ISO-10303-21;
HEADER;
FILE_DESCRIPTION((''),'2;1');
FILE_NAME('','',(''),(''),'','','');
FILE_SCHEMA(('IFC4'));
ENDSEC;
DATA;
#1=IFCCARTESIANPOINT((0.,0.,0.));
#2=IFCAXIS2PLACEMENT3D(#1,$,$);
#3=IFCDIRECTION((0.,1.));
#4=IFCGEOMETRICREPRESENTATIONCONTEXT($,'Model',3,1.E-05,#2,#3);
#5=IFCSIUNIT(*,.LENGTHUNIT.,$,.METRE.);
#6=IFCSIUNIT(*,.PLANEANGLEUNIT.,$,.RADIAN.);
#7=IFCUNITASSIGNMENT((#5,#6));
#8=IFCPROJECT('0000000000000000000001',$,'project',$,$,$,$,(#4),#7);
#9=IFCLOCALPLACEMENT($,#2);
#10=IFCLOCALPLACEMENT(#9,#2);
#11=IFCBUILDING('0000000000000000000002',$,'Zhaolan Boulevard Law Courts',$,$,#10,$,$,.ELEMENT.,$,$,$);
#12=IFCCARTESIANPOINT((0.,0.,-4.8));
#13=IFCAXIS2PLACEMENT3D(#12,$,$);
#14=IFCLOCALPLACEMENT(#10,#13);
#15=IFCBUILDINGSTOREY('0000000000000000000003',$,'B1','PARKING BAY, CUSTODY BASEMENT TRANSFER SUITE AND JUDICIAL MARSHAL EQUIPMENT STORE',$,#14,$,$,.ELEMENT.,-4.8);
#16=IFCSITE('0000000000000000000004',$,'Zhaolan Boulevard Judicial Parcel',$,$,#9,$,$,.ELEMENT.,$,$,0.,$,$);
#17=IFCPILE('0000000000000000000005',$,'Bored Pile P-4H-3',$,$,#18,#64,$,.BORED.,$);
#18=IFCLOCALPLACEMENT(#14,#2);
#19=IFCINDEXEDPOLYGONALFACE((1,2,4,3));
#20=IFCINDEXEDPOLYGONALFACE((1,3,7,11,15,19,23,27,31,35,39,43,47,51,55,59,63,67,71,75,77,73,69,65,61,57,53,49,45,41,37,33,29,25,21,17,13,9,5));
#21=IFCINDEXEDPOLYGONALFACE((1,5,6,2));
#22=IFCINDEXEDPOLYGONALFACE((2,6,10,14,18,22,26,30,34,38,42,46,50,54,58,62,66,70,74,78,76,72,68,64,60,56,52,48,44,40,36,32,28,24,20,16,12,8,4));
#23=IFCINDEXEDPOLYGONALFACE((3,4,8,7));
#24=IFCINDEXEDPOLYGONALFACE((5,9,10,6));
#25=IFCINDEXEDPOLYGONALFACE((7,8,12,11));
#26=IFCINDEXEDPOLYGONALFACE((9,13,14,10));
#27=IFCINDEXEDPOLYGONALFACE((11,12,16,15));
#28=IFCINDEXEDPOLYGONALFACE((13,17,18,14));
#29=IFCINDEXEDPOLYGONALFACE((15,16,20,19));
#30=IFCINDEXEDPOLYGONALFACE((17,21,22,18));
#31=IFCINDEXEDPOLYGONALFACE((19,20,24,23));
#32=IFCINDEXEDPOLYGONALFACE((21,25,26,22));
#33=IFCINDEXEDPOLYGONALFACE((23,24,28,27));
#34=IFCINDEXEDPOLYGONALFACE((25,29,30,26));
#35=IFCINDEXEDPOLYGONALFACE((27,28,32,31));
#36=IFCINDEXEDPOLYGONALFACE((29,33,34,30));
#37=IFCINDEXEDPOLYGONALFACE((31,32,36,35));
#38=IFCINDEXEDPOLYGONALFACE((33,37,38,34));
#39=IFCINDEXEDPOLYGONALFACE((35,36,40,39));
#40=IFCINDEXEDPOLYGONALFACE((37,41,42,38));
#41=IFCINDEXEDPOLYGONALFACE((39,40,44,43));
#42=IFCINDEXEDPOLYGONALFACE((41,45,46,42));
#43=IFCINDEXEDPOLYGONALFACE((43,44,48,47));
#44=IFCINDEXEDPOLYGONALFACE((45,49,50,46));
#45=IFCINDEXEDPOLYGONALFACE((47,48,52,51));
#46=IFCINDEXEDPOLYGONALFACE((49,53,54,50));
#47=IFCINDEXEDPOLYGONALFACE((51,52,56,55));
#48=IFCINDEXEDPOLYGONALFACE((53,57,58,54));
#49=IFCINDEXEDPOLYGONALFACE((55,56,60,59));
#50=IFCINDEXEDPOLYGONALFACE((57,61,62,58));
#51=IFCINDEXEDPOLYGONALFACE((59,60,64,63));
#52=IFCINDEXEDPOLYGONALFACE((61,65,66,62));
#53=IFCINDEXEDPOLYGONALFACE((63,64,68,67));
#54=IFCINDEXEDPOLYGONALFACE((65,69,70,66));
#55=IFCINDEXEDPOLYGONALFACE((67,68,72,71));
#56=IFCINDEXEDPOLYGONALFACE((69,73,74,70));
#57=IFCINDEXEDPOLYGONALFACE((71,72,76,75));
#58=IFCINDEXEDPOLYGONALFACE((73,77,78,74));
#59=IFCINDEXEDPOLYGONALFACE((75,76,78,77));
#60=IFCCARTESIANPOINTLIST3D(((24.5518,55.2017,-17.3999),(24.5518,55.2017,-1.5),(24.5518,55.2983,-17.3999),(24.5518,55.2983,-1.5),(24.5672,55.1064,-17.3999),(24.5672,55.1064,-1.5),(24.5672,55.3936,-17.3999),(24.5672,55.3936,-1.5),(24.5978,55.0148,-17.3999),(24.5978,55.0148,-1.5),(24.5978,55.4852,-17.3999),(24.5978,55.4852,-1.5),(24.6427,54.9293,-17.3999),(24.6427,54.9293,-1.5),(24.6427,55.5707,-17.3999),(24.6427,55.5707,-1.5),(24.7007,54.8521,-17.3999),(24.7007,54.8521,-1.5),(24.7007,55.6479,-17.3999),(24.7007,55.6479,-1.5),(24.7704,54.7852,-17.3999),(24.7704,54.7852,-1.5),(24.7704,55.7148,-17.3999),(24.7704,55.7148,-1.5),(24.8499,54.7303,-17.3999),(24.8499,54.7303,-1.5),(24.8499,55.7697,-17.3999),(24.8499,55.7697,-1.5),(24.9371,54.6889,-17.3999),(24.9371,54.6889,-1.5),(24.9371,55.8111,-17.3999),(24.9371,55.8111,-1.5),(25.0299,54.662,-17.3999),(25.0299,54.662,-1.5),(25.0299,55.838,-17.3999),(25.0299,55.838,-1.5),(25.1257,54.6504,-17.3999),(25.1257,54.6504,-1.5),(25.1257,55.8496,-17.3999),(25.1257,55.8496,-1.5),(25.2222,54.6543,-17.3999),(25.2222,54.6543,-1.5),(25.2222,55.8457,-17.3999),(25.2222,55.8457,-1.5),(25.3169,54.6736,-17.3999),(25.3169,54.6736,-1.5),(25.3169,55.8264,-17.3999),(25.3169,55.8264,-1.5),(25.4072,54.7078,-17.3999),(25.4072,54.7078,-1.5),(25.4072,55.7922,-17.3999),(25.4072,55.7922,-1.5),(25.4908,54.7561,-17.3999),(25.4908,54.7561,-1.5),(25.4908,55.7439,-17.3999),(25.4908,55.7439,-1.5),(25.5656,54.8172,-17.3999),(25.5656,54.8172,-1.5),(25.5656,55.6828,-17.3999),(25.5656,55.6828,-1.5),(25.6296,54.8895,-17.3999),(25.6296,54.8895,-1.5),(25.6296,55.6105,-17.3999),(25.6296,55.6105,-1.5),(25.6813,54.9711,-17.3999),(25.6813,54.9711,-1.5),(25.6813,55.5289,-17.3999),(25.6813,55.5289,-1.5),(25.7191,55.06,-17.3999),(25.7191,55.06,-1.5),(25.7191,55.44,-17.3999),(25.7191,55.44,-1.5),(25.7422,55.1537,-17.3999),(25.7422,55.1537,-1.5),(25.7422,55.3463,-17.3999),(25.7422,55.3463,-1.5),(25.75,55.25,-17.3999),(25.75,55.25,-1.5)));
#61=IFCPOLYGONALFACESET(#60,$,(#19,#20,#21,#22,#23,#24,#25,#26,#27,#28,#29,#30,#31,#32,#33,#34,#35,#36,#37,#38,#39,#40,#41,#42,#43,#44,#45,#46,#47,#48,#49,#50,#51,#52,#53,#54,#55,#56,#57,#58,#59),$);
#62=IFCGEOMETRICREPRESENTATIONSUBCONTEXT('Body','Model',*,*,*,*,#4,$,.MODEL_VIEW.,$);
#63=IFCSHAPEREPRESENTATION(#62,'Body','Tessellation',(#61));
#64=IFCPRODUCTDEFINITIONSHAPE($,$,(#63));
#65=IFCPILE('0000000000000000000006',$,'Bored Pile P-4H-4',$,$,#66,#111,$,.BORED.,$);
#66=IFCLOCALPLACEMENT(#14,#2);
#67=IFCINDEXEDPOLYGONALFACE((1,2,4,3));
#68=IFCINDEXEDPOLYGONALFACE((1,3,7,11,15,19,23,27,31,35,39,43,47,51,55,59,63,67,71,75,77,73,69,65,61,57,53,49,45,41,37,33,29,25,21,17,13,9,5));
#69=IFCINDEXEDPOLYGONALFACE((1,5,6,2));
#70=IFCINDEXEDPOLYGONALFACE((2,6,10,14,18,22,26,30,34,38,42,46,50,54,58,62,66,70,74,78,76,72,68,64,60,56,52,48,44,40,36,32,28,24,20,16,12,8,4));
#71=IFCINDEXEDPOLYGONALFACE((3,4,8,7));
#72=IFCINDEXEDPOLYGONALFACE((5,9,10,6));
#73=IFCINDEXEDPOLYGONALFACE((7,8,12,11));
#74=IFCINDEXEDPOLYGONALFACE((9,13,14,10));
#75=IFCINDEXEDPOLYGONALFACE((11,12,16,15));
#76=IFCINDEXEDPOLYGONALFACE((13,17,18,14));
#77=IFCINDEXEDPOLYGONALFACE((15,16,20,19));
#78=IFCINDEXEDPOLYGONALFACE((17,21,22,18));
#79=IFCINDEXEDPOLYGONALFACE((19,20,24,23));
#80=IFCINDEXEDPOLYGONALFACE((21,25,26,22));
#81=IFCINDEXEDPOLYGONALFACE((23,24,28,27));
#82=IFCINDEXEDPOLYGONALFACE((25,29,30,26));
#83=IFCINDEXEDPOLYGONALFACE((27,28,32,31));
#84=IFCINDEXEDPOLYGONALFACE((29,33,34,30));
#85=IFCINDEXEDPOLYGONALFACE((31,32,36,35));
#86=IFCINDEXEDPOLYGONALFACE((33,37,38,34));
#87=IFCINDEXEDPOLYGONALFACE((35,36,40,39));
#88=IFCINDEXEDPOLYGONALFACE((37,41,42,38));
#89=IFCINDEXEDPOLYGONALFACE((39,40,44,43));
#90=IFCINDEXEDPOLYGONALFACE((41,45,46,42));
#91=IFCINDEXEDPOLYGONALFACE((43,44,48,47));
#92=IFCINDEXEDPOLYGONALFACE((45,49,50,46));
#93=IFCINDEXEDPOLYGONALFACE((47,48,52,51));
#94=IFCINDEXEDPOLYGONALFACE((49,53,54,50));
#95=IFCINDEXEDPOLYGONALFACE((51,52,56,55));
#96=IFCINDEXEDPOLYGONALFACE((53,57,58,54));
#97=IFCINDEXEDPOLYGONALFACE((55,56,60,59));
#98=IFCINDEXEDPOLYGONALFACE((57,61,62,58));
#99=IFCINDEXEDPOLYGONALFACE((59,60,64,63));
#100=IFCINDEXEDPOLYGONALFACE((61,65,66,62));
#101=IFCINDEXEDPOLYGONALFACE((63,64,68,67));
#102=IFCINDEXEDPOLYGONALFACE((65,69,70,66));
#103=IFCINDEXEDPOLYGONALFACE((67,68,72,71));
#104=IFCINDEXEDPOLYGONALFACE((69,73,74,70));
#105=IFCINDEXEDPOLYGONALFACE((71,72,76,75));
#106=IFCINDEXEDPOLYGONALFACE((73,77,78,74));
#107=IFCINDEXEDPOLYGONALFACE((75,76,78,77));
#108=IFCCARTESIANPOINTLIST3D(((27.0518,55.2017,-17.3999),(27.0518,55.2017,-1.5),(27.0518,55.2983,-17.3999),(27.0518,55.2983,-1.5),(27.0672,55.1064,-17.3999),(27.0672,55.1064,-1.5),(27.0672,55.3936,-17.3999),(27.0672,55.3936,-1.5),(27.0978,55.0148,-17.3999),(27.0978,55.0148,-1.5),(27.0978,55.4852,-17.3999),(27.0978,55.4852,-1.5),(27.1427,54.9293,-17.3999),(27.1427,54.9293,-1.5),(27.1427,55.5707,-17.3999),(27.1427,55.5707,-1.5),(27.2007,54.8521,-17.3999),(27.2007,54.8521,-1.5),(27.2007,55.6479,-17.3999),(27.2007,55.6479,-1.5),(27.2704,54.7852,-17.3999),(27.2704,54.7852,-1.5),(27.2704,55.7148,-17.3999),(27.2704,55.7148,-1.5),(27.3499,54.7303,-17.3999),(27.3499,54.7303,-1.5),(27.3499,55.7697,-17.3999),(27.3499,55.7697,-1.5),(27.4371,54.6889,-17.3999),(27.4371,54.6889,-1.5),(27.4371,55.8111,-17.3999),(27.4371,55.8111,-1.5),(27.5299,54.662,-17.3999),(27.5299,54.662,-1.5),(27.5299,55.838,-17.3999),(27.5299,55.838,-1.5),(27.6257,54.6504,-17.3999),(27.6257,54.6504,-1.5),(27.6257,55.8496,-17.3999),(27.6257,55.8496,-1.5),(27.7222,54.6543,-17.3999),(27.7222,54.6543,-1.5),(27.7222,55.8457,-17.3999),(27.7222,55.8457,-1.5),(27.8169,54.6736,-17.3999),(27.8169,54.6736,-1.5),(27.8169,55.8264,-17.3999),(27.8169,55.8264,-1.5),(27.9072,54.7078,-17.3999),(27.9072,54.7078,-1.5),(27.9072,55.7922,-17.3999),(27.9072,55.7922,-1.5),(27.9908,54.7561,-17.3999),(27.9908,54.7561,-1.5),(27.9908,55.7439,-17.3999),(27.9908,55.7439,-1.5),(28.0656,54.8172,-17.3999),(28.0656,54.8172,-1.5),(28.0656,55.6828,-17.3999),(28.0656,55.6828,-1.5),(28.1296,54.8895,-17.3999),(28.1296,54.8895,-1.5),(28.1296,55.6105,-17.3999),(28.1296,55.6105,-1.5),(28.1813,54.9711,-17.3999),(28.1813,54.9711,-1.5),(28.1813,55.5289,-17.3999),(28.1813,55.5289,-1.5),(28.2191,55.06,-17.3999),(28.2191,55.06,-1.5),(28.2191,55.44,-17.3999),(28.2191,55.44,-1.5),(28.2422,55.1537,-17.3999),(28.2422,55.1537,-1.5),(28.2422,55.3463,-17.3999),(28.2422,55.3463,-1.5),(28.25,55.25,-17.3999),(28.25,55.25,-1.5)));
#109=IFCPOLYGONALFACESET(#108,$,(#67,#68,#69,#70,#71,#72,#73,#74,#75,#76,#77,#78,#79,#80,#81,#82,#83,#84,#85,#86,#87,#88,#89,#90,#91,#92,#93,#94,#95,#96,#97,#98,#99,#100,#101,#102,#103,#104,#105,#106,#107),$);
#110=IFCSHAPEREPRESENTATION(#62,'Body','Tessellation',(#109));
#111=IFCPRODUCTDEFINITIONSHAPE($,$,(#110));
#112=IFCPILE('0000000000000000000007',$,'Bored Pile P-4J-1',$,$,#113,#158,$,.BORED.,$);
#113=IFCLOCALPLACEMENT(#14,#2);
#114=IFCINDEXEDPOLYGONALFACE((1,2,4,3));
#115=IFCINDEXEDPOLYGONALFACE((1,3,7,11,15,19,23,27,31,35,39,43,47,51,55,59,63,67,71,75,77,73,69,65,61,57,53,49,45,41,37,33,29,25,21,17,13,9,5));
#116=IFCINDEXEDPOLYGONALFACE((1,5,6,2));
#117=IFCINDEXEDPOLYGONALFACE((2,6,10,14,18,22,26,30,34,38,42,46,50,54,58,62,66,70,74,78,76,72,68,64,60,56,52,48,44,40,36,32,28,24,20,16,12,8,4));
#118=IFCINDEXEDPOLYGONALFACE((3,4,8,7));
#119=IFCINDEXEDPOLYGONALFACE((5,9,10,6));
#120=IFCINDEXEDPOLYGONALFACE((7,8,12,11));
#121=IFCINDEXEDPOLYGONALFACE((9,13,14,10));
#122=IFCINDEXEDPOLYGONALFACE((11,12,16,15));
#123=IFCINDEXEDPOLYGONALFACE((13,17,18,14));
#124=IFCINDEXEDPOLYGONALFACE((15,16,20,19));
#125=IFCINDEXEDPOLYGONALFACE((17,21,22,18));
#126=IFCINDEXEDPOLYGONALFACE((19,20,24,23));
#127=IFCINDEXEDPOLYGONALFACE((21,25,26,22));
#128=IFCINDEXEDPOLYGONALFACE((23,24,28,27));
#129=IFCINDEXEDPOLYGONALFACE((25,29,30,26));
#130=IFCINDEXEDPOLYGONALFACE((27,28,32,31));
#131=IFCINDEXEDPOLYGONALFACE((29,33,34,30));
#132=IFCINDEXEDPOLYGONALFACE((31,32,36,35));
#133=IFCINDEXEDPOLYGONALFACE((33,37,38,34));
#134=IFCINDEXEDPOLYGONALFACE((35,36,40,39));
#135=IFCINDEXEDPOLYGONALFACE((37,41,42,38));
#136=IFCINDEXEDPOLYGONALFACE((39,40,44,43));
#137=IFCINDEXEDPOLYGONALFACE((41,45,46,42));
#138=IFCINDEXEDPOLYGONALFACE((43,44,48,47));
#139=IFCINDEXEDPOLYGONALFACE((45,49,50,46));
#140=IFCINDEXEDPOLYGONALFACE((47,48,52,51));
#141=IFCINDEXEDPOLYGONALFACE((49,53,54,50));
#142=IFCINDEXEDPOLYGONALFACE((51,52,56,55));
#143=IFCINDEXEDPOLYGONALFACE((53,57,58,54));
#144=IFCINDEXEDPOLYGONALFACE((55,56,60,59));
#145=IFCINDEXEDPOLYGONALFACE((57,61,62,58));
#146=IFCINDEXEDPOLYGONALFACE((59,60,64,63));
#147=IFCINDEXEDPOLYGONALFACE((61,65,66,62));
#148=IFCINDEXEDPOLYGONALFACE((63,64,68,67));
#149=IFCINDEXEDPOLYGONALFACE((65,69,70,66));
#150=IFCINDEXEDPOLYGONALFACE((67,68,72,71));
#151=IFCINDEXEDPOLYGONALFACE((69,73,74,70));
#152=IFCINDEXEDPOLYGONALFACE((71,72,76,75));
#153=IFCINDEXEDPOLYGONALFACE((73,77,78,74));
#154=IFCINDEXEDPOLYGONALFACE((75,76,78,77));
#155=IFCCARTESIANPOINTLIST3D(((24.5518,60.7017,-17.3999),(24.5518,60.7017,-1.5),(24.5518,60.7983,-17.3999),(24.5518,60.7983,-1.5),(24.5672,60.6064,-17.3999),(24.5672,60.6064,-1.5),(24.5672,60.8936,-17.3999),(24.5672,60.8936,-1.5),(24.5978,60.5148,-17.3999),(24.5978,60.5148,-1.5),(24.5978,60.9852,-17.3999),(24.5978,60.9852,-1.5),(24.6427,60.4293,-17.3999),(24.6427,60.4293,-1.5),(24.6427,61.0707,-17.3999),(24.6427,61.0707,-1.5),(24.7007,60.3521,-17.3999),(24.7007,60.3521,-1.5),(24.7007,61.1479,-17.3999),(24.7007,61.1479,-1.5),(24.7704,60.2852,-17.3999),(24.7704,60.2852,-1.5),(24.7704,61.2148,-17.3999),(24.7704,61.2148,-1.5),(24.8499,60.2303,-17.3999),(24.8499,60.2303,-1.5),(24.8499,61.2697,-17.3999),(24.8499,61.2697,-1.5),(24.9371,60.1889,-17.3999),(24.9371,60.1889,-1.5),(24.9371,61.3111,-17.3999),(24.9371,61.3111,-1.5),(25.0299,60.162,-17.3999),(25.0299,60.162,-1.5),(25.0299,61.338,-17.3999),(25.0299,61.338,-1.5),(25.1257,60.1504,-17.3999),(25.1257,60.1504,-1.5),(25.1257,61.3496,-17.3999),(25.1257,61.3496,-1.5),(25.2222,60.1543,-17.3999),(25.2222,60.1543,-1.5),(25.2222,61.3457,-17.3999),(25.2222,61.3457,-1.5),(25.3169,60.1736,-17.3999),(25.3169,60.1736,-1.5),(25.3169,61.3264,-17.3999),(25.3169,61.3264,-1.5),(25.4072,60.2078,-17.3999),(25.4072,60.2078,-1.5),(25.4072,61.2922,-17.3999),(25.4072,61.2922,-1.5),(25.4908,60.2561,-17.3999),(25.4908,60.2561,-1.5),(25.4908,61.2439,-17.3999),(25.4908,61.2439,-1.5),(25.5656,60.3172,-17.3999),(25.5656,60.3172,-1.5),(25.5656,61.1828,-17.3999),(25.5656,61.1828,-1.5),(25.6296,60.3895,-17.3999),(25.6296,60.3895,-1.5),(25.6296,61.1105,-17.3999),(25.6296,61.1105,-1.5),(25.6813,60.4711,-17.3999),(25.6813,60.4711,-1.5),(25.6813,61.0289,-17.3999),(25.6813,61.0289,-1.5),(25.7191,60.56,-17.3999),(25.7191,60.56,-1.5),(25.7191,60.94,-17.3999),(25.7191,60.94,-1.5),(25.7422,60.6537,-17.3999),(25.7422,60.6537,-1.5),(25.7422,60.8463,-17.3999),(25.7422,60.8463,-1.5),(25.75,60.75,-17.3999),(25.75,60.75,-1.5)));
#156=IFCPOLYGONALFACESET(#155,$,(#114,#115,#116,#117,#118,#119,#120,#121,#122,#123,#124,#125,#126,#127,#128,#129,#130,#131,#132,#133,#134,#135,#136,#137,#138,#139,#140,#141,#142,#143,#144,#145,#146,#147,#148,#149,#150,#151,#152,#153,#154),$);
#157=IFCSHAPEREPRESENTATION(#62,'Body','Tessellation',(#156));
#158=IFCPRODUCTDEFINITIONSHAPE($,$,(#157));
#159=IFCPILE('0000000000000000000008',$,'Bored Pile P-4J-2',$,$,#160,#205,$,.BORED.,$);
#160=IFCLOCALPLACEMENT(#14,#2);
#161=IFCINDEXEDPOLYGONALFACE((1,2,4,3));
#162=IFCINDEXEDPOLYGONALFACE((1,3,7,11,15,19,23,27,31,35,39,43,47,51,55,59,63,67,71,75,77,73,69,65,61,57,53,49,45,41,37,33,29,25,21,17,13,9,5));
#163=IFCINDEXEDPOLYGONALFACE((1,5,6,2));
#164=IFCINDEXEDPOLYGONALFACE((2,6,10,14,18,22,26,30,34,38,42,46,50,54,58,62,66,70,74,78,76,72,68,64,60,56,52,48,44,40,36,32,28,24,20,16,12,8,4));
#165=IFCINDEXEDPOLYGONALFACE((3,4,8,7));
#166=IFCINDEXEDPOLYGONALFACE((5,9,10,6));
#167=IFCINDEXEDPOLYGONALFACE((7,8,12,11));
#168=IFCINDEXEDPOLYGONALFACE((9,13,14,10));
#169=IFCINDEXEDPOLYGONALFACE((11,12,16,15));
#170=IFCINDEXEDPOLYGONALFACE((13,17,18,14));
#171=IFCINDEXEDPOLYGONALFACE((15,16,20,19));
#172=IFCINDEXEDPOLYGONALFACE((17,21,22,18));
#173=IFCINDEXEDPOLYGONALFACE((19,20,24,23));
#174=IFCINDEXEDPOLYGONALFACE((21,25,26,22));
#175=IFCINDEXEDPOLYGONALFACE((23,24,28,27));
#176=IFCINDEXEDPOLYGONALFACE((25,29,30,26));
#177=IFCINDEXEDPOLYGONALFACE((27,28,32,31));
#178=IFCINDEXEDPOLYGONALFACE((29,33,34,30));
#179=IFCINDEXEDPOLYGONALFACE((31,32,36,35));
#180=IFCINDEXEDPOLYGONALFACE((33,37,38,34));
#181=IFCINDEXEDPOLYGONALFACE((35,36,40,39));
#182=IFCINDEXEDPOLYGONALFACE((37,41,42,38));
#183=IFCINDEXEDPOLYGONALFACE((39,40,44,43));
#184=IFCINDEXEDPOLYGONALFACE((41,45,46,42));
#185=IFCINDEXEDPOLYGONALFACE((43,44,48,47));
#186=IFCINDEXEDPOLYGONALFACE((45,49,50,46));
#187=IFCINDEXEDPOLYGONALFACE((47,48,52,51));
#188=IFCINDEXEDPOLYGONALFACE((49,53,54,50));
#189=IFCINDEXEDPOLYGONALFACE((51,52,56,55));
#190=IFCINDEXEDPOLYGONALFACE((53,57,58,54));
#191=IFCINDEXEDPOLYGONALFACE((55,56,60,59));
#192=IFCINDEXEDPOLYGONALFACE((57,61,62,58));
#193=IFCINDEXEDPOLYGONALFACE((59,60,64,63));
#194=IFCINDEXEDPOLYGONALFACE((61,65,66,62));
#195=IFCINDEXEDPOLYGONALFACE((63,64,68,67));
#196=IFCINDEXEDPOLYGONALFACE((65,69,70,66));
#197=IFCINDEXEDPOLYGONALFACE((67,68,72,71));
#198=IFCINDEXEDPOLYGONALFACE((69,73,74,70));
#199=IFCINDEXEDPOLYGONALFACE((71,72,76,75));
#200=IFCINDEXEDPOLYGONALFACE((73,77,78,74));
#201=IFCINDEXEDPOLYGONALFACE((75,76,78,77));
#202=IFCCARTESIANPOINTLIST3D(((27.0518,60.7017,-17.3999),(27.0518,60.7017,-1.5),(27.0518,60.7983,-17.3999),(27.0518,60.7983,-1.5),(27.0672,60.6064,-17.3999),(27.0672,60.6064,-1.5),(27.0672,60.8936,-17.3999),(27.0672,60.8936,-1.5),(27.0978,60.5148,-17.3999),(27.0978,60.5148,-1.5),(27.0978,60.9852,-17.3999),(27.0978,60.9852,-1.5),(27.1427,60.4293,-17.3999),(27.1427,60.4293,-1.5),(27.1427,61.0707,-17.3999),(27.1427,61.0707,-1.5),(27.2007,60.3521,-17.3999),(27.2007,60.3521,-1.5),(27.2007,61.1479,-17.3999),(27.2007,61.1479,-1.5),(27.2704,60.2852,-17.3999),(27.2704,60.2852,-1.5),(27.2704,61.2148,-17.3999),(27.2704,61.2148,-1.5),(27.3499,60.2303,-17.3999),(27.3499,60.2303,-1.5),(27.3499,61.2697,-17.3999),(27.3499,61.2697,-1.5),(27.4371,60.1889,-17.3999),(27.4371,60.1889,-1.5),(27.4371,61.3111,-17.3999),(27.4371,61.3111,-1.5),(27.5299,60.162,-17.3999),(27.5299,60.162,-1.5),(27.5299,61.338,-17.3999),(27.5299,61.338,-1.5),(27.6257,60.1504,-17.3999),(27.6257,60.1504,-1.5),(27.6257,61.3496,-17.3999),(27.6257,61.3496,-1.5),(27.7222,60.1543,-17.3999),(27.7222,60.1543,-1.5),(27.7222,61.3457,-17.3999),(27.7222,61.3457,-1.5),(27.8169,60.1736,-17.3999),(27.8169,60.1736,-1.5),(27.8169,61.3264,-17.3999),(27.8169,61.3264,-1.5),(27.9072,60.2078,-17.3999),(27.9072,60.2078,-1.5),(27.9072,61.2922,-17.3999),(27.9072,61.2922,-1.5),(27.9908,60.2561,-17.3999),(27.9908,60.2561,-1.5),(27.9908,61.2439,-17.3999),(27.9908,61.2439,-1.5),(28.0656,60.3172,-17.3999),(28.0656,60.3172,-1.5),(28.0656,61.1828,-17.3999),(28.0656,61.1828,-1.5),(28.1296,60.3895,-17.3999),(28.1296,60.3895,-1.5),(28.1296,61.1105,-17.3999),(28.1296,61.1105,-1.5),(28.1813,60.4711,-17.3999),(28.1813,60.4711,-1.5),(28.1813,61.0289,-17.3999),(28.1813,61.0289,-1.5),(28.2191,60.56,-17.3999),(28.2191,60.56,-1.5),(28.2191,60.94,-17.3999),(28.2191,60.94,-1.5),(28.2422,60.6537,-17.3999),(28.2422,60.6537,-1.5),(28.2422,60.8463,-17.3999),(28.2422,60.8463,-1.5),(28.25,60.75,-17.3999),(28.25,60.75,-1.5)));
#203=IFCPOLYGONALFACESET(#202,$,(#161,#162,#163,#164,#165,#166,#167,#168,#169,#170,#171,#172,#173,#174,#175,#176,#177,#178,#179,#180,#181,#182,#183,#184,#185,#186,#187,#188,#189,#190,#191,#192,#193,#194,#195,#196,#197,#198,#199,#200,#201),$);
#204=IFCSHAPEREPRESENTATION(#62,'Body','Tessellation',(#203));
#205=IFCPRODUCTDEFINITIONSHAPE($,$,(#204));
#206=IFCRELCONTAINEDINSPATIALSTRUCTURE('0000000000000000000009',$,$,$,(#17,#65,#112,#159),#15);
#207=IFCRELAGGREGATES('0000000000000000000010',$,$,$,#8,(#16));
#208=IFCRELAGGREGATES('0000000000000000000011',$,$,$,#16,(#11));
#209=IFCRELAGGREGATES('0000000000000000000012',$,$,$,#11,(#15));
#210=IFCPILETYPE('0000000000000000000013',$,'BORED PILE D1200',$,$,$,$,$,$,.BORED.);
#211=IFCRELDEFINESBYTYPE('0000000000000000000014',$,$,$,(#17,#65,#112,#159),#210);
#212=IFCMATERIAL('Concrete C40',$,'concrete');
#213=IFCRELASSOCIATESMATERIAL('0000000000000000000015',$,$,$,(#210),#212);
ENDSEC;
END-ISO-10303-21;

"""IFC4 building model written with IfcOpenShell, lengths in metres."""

from ifc_helpers import new_model, si_unit, direction, frame, origin, origin_2d, place, context, subcontext, project, spatial, circle, extrude, material, material_profile, profile_set, type_object, element, save


model = new_model("IFC4")

# Units and contexts
model_context = context("Model", 3, precision=1e-05, world=origin(), true_north=direction((0.0, 1.0)))
body_context = subcontext(model_context, "Body", "Model", "MODEL_VIEW")
ifc_project = project(units=[si_unit("LENGTHUNIT", "METRE"), si_unit("PLANEANGLEUNIT", "RADIAN")], contexts=[model_context])

# Site, building, storey
site_placement = place(None, origin())
site = spatial("IfcSite", under=ifc_project, at=site_placement, Name="Zhaolan Boulevard Judicial Parcel", CompositionType="ELEMENT", RefElevation=0.0)
building_placement = place(site_placement, origin())
building = spatial("IfcBuilding", under=site, at=building_placement, Name="Zhaolan Boulevard Law Courts", CompositionType="ELEMENT")
storey_placement = place(building_placement, frame((0.0, 0.0, -4.8)))
storey = spatial("IfcBuildingStorey", under=building, at=storey_placement, Name="B1", Description="PARKING BAY, CUSTODY BASEMENT TRANSFER SUITE AND JUDICIAL MARSHAL EQUIPMENT STORE", CompositionType="ELEMENT", Elevation=-4.8)

# Piles
ifc_material_1 = material(Name="Concrete C40", Category="concrete")
ifc_material_profile_1 = material_profile(ifc_material_1, circle(Radius=0.6001, at=origin_2d()), Name="PILE-D1200")
ifc_profile_set_1 = profile_set([ifc_material_profile_1], Name="Concrete C40")
pile_type = type_object("IfcPileType", Name="BORED PILE D1200", PredefinedType="BORED", material=ifc_profile_set_1)
for number, where, z_axis, x_axis, name in (
    (1, (25.1499, 55.25, -1.5), (0.0, 0.0, -1.0), (1.0, 0.0, 0.0), "Bored Pile P-4H-3"),
    (2, (27.6499, 55.25, -1.5), (0.0, 0.0, -1.0), (1.0, 0.0, 0.0), "Bored Pile P-4H-4"),
    (3, (25.1499, 60.75, -1.5), (0.0, 0.0, -1.0), (1.0, 0.0, 0.0), "Bored Pile P-4J-1"),
    (4, (27.6499, 60.75, -1.5), (0.0, 0.0, -1.0), (1.0, 0.0, 0.0), "Bored Pile P-4J-2"),
):
    element("IfcPile", number, at=place(storey_placement, frame(where, z_axis=z_axis, x_axis=x_axis)), inside=storey, type_object=pile_type, Name=name, PredefinedType="BORED", context=body_context, shape_type="SweptSolid", body=[
        extrude(circle(Radius=0.6001, at=origin_2d()), origin(), (0.0, 0.0, 1.0), 15.8999),
    ])

save(model, "model.ifc")
